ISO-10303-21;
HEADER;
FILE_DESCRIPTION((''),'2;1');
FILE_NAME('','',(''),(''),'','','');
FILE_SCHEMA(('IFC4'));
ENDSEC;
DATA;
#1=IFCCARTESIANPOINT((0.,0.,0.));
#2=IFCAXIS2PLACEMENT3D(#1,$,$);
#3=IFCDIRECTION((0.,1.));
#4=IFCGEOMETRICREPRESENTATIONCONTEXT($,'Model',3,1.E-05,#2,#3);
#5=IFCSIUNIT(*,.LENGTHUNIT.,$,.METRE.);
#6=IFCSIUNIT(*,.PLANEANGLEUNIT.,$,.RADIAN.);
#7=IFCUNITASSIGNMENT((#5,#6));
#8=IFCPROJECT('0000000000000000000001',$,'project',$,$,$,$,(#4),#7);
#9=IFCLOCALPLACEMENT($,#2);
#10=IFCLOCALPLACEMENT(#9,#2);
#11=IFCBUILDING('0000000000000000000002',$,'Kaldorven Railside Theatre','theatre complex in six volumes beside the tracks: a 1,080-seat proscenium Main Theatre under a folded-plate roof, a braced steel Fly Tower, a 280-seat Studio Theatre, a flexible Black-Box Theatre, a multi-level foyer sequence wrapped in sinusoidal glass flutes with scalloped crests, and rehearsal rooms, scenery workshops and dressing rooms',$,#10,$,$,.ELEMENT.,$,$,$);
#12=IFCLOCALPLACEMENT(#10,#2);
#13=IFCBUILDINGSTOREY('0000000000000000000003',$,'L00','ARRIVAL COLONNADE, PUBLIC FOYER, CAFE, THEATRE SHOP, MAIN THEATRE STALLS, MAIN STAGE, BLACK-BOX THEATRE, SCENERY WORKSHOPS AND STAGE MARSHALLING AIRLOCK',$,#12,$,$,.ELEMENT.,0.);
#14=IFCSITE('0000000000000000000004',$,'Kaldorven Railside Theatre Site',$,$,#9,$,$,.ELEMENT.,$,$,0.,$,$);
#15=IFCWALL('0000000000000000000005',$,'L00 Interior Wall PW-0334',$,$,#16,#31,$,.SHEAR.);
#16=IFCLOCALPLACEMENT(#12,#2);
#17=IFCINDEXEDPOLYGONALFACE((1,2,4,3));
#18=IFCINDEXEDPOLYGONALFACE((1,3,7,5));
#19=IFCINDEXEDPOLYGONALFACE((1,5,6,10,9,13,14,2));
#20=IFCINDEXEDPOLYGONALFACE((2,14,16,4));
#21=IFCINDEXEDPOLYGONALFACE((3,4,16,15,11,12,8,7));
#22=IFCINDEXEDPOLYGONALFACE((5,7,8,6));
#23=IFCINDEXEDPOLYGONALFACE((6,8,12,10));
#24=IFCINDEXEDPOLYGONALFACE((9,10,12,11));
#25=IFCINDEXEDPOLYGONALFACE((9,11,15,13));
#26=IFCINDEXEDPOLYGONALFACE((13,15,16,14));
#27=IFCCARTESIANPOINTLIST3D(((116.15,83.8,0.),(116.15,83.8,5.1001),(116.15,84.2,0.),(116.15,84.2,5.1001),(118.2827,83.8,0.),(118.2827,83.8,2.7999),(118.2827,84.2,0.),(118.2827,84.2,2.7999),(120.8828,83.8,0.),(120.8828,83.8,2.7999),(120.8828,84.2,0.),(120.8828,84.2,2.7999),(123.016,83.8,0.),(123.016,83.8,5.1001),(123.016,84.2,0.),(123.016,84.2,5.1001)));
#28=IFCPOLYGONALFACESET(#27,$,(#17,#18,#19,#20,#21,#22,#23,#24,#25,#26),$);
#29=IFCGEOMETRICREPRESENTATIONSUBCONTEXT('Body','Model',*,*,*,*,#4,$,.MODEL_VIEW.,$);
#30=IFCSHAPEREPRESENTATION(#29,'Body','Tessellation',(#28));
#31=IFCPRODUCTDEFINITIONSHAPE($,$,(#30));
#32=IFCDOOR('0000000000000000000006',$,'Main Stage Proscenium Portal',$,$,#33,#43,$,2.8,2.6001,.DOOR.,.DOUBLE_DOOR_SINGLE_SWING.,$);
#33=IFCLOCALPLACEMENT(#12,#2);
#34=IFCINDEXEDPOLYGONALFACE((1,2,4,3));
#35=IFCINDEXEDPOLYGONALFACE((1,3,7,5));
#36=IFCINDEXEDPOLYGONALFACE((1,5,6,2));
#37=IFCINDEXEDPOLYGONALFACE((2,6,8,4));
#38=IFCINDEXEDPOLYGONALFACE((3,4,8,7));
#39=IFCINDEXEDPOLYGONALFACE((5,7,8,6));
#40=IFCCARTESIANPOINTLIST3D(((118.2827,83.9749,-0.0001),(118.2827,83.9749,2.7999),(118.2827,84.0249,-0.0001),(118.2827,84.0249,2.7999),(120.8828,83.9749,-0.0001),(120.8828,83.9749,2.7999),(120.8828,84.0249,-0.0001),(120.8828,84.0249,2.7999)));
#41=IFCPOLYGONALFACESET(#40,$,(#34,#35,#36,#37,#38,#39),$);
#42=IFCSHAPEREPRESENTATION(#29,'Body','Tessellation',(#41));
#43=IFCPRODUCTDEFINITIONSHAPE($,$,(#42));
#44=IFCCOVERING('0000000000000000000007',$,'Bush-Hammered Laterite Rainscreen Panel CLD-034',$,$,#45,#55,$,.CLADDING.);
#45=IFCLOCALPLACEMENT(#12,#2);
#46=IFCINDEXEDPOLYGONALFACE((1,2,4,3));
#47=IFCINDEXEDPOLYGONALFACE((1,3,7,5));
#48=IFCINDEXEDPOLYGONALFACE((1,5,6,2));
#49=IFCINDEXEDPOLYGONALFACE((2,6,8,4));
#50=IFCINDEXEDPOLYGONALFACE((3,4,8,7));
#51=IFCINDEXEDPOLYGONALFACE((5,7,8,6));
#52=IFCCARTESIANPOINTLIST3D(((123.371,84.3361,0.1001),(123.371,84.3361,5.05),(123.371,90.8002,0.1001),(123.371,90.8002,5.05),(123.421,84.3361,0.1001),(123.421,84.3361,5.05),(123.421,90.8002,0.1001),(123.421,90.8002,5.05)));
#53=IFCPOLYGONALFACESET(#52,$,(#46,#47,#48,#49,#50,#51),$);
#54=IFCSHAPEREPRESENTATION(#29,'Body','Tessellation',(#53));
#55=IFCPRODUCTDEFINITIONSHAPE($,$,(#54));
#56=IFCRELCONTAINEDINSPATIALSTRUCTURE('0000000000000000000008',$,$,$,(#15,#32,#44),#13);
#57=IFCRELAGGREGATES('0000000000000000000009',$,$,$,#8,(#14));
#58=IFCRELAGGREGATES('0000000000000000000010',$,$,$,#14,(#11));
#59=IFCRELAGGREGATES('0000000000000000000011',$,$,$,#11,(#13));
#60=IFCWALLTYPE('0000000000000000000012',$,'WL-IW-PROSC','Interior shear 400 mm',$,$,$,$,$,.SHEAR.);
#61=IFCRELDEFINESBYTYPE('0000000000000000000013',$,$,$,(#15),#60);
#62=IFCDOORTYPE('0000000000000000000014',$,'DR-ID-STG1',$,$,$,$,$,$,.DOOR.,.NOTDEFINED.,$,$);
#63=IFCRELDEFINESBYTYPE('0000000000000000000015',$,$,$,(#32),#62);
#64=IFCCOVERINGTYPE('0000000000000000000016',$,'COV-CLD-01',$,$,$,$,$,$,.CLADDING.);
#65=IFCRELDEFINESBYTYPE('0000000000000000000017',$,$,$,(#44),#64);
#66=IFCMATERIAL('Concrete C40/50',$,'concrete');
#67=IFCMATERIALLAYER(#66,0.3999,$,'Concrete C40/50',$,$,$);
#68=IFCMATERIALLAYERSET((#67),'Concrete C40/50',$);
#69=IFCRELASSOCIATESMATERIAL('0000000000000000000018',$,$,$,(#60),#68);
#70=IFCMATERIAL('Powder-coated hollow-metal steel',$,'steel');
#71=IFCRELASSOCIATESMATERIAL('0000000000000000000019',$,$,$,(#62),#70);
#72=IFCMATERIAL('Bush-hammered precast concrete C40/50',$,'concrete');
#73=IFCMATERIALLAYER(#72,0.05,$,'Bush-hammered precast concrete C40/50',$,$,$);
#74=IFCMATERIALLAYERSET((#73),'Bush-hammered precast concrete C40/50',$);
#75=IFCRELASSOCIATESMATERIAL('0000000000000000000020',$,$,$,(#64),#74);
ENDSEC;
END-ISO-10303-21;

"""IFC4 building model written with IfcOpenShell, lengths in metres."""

from ifc_helpers import new_model, si_unit, direction, frame, frame_2d, origin, origin_2d, place, context, subcontext, project, spatial, rectangle, extrude, material, layer, layer_set, type_object, element, fill, save


model = new_model("IFC4")

# Units and contexts
model_context = context("Model", 3, precision=1e-05, world=origin(), true_north=direction((0.0, 1.0)))
body_context = subcontext(model_context, "Body", "Model", "MODEL_VIEW")
ifc_project = project(units=[si_unit("LENGTHUNIT", "METRE"), si_unit("PLANEANGLEUNIT", "RADIAN")], contexts=[model_context])

# Site, building, storey
site_placement = place(None, origin())
site = spatial("IfcSite", under=ifc_project, at=site_placement, Name="Kaldorven Railside Theatre Site", CompositionType="ELEMENT", RefElevation=0.0)
building_placement = place(site_placement, origin())
building = spatial("IfcBuilding", under=site, at=building_placement, Name="Kaldorven Railside Theatre", Description="theatre complex in six volumes beside the tracks: a 1,080-seat proscenium Main Theatre under a folded-plate roof, a braced steel Fly Tower, a 280-seat Studio Theatre, a flexible Black-Box Theatre, a multi-level foyer sequence wrapped in sinusoidal glass flutes with scalloped crests, and rehearsal rooms, scenery workshops and dressing rooms", CompositionType="ELEMENT")
storey_placement = place(building_placement, origin())
storey = spatial("IfcBuildingStorey", under=building, at=storey_placement, Name="L00", Description="ARRIVAL COLONNADE, PUBLIC FOYER, CAFE, THEATRE SHOP, MAIN THEATRE STALLS, MAIN STAGE, BLACK-BOX THEATRE, SCENERY WORKSHOPS AND STAGE MARSHALLING AIRLOCK", CompositionType="ELEMENT", Elevation=0.0)

# Shared definitions
ifc_material_1 = material(Name="Concrete C40/50", Category="concrete")

# Shared definitions
ifc_layer_1 = layer(ifc_material_1, 0.3999, Name="Concrete C40/50")
ifc_layer_set_1 = layer_set([ifc_layer_1], Name="Concrete C40/50")
wall_type_1 = type_object("IfcWallType", Name="WL-IW-PROSC", Description="Interior shear 400 mm", PredefinedType="SHEAR", material=ifc_layer_set_1)

# Wall, opening, door
wall_1_placement = place(storey_placement, frame((116.1499, 84.0, 0.0), z_axis=(0.0, 0.0, 1.0), x_axis=(1.0, 0.0, 0.0)))
wall_1 = element("IfcWall", 1, at=wall_1_placement, inside=storey, type_object=wall_type_1, Name="L00 Interior Wall PW-0334", PredefinedType="SHEAR", context=body_context, shape_type="SweptSolid", body=[
    extrude(rectangle(XDim=6.866, YDim=0.3999, at=frame_2d((3.4331, 0.0))), origin(), (0.0, 0.0, 1.0), 5.1001),
])
opening_placement = place(wall_1_placement, frame((2.1328, 0.0, 0.0)))
opening = element("IfcOpeningElement", 2, at=opening_placement, cuts=wall_1, PredefinedType="OPENING", context=body_context, shape_type="SweptSolid", body=[
    extrude(rectangle(XDim=2.6001, YDim=2.8, at=frame_2d((1.3, 1.3999))), frame((0.0, 0.21, 0.0), z_axis=(0.0, -1.0, 0.0), x_axis=(1.0, 0.0, 0.0)), (0.0, 0.0, 1.0), 0.4199),
])
ifc_material_2 = material(Name="Powder-coated hollow-metal steel", Category="steel")
door_type = type_object("IfcDoorType", Name="DR-ID-STG1", OperationType="NOTDEFINED", PredefinedType="DOOR", material=ifc_material_2)
door_placement = place(opening_placement, origin())
door = element("IfcDoor", 3, at=door_placement, inside=storey, type_object=door_type, Name="Main Stage Proscenium Portal", OperationType="DOUBLE_DOOR_SINGLE_SWING", OverallHeight=2.8, OverallWidth=2.6001, PredefinedType="DOOR", context=body_context, shape_type="SweptSolid", body=[
    extrude(rectangle(XDim=2.6001, YDim=2.8, at=frame_2d((1.3, 1.3999))), frame((0.0, 0.0249, 0.0), z_axis=(0.0, -1.0, 0.0), x_axis=(1.0, 0.0, 0.0)), (0.0, 0.0, 1.0), 0.05),
])
fill(opening, door)

# Covering
ifc_material_3 = material(Name="Bush-hammered precast concrete C40/50", Category="concrete")
ifc_layer_2 = layer(ifc_material_3, 0.05, Name="Bush-hammered precast concrete C40/50")
ifc_layer_set_2 = layer_set([ifc_layer_2], Name="Bush-hammered precast concrete C40/50")
covering_type = type_object("IfcCoveringType", Name="COV-CLD-01", PredefinedType="CLADDING", material=ifc_layer_set_2)
covering_placement = place(storey_placement, frame((123.396, 87.5681, 0.1001), z_axis=(0.0, 0.0, 1.0), x_axis=(0.0, -1.0, 0.0)))
element("IfcCovering", 4, at=covering_placement, inside=storey, type_object=covering_type, Name="Bush-Hammered Laterite Rainscreen Panel CLD-034", PredefinedType="CLADDING", context=body_context, shape_type="SweptSolid", body=[
    extrude(rectangle(XDim=6.4641, YDim=0.05, at=origin_2d()), origin(), (0.0, 0.0, 1.0), 4.95),
])

save(model, "model.ifc")
